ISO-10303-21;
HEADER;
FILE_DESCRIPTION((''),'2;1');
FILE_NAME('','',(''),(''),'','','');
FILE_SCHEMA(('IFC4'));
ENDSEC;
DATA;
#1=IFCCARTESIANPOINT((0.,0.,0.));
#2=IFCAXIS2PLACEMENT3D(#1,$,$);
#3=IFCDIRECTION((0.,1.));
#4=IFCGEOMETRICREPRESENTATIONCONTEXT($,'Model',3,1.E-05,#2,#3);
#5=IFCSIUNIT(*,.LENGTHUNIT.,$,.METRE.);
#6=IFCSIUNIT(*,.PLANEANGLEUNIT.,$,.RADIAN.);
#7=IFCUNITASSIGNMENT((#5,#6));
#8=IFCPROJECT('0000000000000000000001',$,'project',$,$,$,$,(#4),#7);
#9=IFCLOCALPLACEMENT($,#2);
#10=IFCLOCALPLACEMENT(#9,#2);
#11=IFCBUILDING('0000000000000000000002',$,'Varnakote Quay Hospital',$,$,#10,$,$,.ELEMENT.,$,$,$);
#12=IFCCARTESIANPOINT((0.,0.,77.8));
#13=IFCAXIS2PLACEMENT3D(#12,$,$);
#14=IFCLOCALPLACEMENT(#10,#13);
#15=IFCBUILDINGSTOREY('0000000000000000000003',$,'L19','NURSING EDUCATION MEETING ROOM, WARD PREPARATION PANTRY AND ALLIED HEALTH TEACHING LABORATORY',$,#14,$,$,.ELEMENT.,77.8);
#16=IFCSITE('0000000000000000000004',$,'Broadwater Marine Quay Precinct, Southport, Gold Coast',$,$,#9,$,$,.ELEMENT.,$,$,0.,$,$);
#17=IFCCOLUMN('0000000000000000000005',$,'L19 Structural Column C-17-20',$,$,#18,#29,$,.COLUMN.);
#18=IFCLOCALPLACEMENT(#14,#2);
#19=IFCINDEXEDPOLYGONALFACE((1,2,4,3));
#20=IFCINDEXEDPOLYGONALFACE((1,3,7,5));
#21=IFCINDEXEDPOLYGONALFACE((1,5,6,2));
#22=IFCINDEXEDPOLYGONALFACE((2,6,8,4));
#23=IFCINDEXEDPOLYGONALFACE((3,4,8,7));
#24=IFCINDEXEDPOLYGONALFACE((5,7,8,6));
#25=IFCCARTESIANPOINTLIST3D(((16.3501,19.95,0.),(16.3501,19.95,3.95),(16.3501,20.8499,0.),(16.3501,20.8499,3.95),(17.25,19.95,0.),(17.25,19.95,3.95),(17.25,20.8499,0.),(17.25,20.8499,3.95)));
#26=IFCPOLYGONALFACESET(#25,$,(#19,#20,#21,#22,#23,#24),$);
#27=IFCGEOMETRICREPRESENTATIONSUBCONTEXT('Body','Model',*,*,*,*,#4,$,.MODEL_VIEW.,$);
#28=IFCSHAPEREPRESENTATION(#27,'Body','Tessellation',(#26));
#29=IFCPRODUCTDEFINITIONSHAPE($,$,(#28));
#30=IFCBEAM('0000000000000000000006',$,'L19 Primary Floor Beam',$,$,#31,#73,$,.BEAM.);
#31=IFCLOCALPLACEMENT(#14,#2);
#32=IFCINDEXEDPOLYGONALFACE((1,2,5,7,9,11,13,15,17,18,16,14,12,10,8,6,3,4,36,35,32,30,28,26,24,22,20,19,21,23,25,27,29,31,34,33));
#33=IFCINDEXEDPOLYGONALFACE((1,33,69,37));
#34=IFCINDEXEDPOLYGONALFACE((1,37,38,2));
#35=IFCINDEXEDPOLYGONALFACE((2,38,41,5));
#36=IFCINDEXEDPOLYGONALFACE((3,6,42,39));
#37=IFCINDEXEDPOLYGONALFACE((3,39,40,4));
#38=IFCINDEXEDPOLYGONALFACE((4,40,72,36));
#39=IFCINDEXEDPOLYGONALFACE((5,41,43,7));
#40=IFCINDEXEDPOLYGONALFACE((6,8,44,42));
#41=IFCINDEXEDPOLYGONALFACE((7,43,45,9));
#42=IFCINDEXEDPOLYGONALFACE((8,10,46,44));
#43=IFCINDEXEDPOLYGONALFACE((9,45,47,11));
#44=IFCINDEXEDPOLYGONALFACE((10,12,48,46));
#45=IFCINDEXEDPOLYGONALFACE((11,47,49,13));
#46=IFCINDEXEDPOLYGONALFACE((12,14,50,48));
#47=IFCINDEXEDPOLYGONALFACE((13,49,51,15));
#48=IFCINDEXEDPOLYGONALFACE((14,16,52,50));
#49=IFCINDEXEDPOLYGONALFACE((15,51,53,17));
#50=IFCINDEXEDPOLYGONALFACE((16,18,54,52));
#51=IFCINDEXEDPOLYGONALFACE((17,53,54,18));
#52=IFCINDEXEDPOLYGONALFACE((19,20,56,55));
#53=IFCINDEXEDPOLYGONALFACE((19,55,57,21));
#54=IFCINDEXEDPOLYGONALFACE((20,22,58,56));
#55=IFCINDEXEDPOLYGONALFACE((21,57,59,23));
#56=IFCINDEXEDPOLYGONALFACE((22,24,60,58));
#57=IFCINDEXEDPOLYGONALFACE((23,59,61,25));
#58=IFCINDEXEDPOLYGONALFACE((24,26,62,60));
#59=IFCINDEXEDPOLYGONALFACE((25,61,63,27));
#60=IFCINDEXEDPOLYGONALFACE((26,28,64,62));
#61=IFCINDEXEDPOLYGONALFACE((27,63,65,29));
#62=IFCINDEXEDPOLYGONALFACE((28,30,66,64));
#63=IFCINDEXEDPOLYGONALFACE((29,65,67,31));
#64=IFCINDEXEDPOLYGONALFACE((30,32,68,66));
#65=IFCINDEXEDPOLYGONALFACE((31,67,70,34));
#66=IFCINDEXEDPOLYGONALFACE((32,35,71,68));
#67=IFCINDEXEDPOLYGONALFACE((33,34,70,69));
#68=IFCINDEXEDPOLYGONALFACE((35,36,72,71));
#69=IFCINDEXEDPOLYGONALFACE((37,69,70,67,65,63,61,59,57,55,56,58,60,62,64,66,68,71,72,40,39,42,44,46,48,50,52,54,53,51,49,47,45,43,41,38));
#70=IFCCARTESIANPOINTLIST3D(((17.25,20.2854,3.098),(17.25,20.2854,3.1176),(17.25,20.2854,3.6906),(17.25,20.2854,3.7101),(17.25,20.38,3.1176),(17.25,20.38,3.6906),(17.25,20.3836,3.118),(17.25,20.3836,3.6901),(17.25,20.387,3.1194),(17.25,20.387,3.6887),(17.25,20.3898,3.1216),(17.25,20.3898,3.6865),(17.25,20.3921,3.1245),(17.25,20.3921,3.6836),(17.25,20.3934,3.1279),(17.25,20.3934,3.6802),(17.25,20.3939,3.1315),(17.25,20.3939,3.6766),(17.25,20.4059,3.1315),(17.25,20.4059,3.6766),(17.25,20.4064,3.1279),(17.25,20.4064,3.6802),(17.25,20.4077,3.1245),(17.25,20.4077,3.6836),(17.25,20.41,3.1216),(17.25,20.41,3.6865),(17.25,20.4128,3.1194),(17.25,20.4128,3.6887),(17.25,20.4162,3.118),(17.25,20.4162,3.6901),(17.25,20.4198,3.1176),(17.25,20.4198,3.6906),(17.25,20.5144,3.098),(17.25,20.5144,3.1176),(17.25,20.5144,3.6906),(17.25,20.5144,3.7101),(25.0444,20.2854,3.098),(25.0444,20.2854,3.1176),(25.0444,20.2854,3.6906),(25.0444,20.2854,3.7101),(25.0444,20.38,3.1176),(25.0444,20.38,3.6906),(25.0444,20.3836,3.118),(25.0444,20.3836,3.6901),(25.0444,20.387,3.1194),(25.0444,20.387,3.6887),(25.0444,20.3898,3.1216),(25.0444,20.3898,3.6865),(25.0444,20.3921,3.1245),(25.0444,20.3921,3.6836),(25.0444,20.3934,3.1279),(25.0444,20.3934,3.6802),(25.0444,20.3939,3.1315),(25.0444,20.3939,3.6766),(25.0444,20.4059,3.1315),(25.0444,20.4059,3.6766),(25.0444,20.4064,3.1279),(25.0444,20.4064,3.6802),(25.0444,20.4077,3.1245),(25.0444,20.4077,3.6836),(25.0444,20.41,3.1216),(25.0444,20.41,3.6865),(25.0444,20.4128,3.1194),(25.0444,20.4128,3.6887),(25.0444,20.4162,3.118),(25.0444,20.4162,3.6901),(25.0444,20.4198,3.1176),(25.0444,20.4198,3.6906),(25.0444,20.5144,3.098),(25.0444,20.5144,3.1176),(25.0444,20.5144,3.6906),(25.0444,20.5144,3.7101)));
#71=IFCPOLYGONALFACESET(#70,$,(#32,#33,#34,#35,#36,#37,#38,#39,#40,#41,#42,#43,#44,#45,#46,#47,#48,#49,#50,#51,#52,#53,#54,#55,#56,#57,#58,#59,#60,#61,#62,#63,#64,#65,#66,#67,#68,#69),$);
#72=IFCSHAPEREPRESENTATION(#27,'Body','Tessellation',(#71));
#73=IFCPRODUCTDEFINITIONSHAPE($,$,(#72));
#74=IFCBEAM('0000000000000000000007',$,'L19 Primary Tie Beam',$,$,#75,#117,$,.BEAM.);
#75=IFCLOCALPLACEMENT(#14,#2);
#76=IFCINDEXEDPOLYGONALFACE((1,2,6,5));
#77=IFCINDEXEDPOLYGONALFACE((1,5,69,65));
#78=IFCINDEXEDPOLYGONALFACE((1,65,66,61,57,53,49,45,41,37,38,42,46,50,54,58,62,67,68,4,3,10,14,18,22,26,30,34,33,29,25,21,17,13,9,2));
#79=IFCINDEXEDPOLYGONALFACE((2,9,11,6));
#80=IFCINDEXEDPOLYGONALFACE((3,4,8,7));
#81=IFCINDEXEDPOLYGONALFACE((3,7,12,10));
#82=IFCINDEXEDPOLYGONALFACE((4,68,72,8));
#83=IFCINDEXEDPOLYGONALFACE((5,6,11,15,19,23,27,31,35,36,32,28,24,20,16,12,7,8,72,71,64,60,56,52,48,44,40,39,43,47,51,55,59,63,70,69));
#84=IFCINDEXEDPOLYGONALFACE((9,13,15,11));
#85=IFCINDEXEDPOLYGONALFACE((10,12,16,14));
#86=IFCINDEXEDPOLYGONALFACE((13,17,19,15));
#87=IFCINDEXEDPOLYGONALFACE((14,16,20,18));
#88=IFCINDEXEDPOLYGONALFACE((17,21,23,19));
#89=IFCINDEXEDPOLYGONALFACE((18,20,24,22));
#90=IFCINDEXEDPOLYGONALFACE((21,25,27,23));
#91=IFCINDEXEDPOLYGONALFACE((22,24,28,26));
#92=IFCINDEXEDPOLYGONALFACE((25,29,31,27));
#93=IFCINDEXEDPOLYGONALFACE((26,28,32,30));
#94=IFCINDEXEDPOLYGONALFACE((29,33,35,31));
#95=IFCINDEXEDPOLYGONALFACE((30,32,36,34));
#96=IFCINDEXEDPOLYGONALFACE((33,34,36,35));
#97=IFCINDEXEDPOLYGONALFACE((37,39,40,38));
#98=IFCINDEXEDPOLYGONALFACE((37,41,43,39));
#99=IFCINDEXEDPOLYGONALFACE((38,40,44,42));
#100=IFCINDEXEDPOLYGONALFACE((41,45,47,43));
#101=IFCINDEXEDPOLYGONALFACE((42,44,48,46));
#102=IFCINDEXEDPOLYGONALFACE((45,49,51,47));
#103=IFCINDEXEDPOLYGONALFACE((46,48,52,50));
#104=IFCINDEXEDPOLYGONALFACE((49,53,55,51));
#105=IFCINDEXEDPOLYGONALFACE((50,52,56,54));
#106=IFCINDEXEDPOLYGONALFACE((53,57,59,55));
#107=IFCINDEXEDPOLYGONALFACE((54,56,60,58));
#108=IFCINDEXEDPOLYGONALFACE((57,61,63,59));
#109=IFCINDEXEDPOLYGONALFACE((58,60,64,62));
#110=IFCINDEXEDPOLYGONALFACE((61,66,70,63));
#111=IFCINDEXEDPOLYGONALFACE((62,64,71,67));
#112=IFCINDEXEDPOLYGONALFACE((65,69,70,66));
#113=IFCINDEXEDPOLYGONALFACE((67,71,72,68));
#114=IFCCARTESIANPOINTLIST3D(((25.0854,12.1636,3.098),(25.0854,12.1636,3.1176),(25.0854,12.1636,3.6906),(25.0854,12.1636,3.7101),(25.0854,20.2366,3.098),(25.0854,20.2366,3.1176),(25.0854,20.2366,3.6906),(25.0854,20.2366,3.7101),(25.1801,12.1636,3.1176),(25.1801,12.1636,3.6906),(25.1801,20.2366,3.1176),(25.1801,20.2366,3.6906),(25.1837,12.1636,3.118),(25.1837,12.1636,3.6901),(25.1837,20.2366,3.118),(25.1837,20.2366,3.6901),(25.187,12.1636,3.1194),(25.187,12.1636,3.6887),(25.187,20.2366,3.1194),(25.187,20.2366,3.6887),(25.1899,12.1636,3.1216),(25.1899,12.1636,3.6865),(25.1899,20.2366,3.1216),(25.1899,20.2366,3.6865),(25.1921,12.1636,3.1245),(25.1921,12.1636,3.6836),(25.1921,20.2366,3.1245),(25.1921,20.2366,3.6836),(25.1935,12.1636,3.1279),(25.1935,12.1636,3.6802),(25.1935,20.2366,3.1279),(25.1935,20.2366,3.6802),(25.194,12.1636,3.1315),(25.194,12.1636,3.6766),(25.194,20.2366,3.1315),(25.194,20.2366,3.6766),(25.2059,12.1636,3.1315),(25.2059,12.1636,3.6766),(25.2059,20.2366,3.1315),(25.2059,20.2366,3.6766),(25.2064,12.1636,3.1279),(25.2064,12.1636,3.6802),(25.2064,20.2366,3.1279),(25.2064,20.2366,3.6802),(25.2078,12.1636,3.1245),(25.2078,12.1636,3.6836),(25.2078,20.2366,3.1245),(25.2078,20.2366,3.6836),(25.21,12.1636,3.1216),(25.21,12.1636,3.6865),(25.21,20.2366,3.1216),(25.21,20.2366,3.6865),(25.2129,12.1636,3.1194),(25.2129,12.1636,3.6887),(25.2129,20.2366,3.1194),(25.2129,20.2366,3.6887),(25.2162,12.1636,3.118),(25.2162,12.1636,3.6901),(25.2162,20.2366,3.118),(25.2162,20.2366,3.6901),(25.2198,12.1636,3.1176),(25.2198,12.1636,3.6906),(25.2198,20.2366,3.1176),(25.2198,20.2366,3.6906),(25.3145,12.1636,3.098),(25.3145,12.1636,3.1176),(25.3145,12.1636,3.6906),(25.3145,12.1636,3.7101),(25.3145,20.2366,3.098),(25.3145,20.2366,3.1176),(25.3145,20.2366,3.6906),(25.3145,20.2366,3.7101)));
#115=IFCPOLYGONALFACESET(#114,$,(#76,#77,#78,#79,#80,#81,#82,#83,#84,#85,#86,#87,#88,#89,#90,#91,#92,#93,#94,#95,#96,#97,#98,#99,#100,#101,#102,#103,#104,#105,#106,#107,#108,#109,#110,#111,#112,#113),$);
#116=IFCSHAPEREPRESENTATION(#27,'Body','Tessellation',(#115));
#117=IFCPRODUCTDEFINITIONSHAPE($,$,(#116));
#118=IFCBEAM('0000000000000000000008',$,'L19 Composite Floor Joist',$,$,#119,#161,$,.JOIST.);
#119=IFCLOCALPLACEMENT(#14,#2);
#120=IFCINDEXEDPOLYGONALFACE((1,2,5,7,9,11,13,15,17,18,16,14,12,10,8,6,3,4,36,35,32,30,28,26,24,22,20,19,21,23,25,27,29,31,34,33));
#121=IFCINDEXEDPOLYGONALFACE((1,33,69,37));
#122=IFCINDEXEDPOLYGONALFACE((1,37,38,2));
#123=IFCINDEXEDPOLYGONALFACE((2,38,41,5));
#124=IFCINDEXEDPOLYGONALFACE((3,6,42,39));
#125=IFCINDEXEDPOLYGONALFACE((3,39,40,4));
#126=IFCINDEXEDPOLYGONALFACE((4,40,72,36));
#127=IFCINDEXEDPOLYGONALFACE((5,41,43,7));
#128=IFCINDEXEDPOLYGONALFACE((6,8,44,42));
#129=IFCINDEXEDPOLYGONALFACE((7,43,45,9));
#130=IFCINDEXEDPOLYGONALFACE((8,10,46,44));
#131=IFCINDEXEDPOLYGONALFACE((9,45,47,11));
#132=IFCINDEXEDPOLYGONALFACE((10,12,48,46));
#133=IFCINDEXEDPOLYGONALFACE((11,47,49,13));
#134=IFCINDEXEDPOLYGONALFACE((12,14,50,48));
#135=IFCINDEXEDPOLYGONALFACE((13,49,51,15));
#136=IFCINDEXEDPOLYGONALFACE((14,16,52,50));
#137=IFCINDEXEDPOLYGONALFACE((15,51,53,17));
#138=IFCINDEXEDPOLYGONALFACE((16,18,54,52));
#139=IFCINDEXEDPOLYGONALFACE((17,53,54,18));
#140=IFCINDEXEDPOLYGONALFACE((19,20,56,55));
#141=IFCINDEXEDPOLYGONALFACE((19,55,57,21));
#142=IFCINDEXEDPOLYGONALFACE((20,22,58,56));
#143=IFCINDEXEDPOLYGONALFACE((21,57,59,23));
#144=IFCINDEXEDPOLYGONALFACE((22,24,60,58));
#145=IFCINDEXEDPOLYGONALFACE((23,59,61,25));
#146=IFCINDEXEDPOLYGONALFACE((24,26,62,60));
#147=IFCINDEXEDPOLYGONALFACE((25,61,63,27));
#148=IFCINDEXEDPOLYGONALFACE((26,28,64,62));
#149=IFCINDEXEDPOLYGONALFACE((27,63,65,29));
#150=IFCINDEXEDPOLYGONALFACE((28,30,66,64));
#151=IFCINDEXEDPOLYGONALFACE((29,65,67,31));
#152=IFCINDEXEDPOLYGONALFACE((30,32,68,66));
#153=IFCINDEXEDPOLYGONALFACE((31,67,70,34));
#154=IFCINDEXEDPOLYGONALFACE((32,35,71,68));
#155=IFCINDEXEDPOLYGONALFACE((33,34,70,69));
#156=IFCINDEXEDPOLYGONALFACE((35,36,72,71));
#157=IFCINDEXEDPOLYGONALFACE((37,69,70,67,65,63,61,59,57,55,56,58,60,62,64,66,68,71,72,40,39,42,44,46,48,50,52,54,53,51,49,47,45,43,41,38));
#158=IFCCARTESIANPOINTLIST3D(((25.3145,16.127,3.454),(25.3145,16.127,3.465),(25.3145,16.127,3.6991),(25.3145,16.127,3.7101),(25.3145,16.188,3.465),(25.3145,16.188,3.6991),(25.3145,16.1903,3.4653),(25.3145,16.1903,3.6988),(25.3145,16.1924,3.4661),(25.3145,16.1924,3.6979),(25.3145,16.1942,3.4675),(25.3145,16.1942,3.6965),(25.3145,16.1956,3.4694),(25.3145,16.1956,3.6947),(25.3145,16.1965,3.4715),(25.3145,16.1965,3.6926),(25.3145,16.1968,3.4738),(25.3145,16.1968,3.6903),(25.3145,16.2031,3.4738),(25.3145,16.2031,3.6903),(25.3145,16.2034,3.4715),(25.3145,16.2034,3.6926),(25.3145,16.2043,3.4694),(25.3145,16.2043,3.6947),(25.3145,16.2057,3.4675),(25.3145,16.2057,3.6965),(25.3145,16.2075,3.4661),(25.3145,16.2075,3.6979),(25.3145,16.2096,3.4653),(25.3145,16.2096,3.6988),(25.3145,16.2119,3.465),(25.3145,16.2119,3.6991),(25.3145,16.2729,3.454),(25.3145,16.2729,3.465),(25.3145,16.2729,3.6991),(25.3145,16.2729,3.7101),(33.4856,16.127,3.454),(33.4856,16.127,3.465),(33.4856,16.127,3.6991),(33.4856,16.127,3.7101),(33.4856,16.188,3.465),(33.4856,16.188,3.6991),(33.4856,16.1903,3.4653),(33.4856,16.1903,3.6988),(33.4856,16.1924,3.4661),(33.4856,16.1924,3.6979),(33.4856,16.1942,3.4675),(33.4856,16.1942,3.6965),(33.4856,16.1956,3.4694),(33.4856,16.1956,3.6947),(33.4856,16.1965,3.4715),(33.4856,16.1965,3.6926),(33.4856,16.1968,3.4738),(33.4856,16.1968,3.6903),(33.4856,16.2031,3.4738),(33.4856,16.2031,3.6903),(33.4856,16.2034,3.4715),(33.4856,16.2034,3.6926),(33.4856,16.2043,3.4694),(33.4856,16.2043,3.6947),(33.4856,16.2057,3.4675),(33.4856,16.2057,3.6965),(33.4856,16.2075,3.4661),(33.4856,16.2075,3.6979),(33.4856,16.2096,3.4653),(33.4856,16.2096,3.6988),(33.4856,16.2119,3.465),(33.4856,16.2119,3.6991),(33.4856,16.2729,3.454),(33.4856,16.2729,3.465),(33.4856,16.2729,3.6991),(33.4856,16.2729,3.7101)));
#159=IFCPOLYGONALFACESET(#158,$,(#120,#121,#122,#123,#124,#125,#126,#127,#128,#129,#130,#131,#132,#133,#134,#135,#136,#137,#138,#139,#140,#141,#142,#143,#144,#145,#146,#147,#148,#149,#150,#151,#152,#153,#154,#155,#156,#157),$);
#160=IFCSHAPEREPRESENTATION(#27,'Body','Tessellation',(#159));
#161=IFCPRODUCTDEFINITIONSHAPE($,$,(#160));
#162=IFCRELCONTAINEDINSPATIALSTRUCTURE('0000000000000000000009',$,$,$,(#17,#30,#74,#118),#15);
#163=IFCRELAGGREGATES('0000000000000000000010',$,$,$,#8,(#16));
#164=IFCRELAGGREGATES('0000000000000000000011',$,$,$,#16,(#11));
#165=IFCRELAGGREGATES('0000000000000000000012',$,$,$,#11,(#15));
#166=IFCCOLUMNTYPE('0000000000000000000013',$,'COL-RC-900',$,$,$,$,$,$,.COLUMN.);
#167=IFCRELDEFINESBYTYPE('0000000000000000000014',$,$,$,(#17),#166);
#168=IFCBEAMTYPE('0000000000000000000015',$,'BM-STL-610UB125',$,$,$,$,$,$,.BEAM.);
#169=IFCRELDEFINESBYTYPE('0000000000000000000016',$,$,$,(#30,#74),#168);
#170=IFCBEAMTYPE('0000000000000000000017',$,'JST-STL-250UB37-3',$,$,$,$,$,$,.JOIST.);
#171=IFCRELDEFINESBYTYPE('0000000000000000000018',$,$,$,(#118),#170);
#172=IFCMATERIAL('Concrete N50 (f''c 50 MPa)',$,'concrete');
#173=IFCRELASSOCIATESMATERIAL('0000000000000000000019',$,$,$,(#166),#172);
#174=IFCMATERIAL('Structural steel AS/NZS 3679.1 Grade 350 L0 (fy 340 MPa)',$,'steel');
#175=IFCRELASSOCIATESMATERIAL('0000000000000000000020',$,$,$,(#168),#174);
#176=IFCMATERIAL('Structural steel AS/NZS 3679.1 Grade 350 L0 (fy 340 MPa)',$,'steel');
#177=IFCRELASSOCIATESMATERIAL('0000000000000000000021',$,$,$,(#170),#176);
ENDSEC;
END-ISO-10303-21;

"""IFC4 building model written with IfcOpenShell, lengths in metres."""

from ifc_helpers import new_model, si_unit, direction, frame, origin, origin_2d, place, context, subcontext, project, spatial, rectangle, i_section, extrude, material, material_profile, profile_set, type_object, element, save


model = new_model("IFC4")

# Units and contexts
model_context = context("Model", 3, precision=1e-05, world=origin(), true_north=direction((0.0, 1.0)))
body_context = subcontext(model_context, "Body", "Model", "MODEL_VIEW")
ifc_project = project(units=[si_unit("LENGTHUNIT", "METRE"), si_unit("PLANEANGLEUNIT", "RADIAN")], contexts=[model_context])

# Site, building, storey
site_placement = place(None, origin())
site = spatial("IfcSite", under=ifc_project, at=site_placement, Name="Broadwater Marine Quay Precinct, Southport, Gold Coast", CompositionType="ELEMENT", RefElevation=0.0)
building_placement = place(site_placement, origin())
building = spatial("IfcBuilding", under=site, at=building_placement, Name="Varnakote Quay Hospital", CompositionType="ELEMENT")
storey_placement = place(building_placement, frame((0.0, 0.0, 77.8)))
storey = spatial("IfcBuildingStorey", under=building, at=storey_placement, Name="L19", Description="NURSING EDUCATION MEETING ROOM, WARD PREPARATION PANTRY AND ALLIED HEALTH TEACHING LABORATORY", CompositionType="ELEMENT", Elevation=77.8)

# Column
ifc_material_1 = material(Name="Concrete N50 (f'c 50 MPa)", Category="concrete")
ifc_material_profile_1 = material_profile(ifc_material_1, rectangle(XDim=0.8999, YDim=0.8999, at=origin_2d()), Name="RC-COL-900x900")
ifc_profile_set_1 = profile_set([ifc_material_profile_1], Name="Concrete N50 (f'c 50 MPa)")
column_type = type_object("IfcColumnType", Name="COL-RC-900", PredefinedType="COLUMN", material=ifc_profile_set_1)
column_placement = place(storey_placement, frame((16.8, 20.3999, 0.0), z_axis=(0.0, 0.0, 1.0), x_axis=(1.0, 0.0, 0.0)))
element("IfcColumn", 1, at=column_placement, inside=storey, type_object=column_type, Name="L19 Structural Column C-17-20", PredefinedType="COLUMN", context=body_context, shape_type="SweptSolid", body=[
    extrude(rectangle(XDim=0.8999, YDim=0.8999, at=origin_2d()), origin(), (0.0, 0.0, 1.0), 3.95),
])

# Beams
ifc_material_2 = material(Name="Structural steel AS/NZS 3679.1 Grade 350 L0 (fy 340 MPa)", Category="steel")
ifc_material_profile_2 = material_profile(ifc_material_2, i_section(OverallWidth=0.229, OverallDepth=0.6121, WebThickness=0.012, FlangeThickness=0.0195, FilletRadius=0.0139, at=origin_2d()), Name="610UB125")
ifc_profile_set_2 = profile_set([ifc_material_profile_2], Name="Structural steel AS/NZS 3679.1 Grade 350 L0 (fy 340 MPa)")
beam_type_1 = type_object("IfcBeamType", Name="BM-STL-610UB125", PredefinedType="BEAM", material=ifc_profile_set_2)
beam_1_placement = place(storey_placement, frame((17.25, 20.3999, 3.4041), z_axis=(1.0, 0.0, 0.0), x_axis=(0.0, 1.0, 0.0)))
element("IfcBeam", 2, at=beam_1_placement, inside=storey, type_object=beam_type_1, Name="L19 Primary Floor Beam", PredefinedType="BEAM", context=body_context, shape_type="SweptSolid", body=[
    extrude(i_section(OverallWidth=0.229, OverallDepth=0.6121, WebThickness=0.012, FlangeThickness=0.0195, FilletRadius=0.0139, at=origin_2d()), origin(), (0.0, 0.0, 1.0), 7.7944),
])
beam_2_placement = place(storey_placement, frame((25.2, 12.1636, 3.4041), z_axis=(0.0, 1.0, 0.0), x_axis=(-1.0, 0.0, 0.0)))
element("IfcBeam", 3, at=beam_2_placement, inside=storey, type_object=beam_type_1, Name="L19 Primary Tie Beam", PredefinedType="BEAM", context=body_context, shape_type="SweptSolid", body=[
    extrude(i_section(OverallWidth=0.229, OverallDepth=0.6121, WebThickness=0.012, FlangeThickness=0.0195, FilletRadius=0.0139, at=origin_2d()), origin(), (0.0, 0.0, 1.0), 8.073),
])
ifc_material_3 = material(Name="Structural steel AS/NZS 3679.1 Grade 350 L0 (fy 340 MPa)", Category="steel")
ifc_material_profile_3 = material_profile(ifc_material_3, i_section(OverallWidth=0.146, OverallDepth=0.2561, WebThickness=0.0063, FlangeThickness=0.011, FilletRadius=0.0088, at=origin_2d()), Name="250UB37.3")
ifc_profile_set_3 = profile_set([ifc_material_profile_3], Name="Structural steel AS/NZS 3679.1 Grade 350 L0 (fy 340 MPa)")
beam_type_2 = type_object("IfcBeamType", Name="JST-STL-250UB37-3", PredefinedType="JOIST", material=ifc_profile_set_3)
beam_3_placement = place(storey_placement, frame((25.3145, 16.2, 3.582), z_axis=(1.0, 0.0, 0.0), x_axis=(0.0, 1.0, 0.0)))
element("IfcBeam", 4, at=beam_3_placement, inside=storey, type_object=beam_type_2, Name="L19 Composite Floor Joist", PredefinedType="JOIST", context=body_context, shape_type="SweptSolid", body=[
    extrude(i_section(OverallWidth=0.146, OverallDepth=0.2561, WebThickness=0.0063, FlangeThickness=0.011, FilletRadius=0.0088, at=origin_2d()), origin(), (0.0, 0.0, 1.0), 8.1711),
])

save(model, "model.ifc")
